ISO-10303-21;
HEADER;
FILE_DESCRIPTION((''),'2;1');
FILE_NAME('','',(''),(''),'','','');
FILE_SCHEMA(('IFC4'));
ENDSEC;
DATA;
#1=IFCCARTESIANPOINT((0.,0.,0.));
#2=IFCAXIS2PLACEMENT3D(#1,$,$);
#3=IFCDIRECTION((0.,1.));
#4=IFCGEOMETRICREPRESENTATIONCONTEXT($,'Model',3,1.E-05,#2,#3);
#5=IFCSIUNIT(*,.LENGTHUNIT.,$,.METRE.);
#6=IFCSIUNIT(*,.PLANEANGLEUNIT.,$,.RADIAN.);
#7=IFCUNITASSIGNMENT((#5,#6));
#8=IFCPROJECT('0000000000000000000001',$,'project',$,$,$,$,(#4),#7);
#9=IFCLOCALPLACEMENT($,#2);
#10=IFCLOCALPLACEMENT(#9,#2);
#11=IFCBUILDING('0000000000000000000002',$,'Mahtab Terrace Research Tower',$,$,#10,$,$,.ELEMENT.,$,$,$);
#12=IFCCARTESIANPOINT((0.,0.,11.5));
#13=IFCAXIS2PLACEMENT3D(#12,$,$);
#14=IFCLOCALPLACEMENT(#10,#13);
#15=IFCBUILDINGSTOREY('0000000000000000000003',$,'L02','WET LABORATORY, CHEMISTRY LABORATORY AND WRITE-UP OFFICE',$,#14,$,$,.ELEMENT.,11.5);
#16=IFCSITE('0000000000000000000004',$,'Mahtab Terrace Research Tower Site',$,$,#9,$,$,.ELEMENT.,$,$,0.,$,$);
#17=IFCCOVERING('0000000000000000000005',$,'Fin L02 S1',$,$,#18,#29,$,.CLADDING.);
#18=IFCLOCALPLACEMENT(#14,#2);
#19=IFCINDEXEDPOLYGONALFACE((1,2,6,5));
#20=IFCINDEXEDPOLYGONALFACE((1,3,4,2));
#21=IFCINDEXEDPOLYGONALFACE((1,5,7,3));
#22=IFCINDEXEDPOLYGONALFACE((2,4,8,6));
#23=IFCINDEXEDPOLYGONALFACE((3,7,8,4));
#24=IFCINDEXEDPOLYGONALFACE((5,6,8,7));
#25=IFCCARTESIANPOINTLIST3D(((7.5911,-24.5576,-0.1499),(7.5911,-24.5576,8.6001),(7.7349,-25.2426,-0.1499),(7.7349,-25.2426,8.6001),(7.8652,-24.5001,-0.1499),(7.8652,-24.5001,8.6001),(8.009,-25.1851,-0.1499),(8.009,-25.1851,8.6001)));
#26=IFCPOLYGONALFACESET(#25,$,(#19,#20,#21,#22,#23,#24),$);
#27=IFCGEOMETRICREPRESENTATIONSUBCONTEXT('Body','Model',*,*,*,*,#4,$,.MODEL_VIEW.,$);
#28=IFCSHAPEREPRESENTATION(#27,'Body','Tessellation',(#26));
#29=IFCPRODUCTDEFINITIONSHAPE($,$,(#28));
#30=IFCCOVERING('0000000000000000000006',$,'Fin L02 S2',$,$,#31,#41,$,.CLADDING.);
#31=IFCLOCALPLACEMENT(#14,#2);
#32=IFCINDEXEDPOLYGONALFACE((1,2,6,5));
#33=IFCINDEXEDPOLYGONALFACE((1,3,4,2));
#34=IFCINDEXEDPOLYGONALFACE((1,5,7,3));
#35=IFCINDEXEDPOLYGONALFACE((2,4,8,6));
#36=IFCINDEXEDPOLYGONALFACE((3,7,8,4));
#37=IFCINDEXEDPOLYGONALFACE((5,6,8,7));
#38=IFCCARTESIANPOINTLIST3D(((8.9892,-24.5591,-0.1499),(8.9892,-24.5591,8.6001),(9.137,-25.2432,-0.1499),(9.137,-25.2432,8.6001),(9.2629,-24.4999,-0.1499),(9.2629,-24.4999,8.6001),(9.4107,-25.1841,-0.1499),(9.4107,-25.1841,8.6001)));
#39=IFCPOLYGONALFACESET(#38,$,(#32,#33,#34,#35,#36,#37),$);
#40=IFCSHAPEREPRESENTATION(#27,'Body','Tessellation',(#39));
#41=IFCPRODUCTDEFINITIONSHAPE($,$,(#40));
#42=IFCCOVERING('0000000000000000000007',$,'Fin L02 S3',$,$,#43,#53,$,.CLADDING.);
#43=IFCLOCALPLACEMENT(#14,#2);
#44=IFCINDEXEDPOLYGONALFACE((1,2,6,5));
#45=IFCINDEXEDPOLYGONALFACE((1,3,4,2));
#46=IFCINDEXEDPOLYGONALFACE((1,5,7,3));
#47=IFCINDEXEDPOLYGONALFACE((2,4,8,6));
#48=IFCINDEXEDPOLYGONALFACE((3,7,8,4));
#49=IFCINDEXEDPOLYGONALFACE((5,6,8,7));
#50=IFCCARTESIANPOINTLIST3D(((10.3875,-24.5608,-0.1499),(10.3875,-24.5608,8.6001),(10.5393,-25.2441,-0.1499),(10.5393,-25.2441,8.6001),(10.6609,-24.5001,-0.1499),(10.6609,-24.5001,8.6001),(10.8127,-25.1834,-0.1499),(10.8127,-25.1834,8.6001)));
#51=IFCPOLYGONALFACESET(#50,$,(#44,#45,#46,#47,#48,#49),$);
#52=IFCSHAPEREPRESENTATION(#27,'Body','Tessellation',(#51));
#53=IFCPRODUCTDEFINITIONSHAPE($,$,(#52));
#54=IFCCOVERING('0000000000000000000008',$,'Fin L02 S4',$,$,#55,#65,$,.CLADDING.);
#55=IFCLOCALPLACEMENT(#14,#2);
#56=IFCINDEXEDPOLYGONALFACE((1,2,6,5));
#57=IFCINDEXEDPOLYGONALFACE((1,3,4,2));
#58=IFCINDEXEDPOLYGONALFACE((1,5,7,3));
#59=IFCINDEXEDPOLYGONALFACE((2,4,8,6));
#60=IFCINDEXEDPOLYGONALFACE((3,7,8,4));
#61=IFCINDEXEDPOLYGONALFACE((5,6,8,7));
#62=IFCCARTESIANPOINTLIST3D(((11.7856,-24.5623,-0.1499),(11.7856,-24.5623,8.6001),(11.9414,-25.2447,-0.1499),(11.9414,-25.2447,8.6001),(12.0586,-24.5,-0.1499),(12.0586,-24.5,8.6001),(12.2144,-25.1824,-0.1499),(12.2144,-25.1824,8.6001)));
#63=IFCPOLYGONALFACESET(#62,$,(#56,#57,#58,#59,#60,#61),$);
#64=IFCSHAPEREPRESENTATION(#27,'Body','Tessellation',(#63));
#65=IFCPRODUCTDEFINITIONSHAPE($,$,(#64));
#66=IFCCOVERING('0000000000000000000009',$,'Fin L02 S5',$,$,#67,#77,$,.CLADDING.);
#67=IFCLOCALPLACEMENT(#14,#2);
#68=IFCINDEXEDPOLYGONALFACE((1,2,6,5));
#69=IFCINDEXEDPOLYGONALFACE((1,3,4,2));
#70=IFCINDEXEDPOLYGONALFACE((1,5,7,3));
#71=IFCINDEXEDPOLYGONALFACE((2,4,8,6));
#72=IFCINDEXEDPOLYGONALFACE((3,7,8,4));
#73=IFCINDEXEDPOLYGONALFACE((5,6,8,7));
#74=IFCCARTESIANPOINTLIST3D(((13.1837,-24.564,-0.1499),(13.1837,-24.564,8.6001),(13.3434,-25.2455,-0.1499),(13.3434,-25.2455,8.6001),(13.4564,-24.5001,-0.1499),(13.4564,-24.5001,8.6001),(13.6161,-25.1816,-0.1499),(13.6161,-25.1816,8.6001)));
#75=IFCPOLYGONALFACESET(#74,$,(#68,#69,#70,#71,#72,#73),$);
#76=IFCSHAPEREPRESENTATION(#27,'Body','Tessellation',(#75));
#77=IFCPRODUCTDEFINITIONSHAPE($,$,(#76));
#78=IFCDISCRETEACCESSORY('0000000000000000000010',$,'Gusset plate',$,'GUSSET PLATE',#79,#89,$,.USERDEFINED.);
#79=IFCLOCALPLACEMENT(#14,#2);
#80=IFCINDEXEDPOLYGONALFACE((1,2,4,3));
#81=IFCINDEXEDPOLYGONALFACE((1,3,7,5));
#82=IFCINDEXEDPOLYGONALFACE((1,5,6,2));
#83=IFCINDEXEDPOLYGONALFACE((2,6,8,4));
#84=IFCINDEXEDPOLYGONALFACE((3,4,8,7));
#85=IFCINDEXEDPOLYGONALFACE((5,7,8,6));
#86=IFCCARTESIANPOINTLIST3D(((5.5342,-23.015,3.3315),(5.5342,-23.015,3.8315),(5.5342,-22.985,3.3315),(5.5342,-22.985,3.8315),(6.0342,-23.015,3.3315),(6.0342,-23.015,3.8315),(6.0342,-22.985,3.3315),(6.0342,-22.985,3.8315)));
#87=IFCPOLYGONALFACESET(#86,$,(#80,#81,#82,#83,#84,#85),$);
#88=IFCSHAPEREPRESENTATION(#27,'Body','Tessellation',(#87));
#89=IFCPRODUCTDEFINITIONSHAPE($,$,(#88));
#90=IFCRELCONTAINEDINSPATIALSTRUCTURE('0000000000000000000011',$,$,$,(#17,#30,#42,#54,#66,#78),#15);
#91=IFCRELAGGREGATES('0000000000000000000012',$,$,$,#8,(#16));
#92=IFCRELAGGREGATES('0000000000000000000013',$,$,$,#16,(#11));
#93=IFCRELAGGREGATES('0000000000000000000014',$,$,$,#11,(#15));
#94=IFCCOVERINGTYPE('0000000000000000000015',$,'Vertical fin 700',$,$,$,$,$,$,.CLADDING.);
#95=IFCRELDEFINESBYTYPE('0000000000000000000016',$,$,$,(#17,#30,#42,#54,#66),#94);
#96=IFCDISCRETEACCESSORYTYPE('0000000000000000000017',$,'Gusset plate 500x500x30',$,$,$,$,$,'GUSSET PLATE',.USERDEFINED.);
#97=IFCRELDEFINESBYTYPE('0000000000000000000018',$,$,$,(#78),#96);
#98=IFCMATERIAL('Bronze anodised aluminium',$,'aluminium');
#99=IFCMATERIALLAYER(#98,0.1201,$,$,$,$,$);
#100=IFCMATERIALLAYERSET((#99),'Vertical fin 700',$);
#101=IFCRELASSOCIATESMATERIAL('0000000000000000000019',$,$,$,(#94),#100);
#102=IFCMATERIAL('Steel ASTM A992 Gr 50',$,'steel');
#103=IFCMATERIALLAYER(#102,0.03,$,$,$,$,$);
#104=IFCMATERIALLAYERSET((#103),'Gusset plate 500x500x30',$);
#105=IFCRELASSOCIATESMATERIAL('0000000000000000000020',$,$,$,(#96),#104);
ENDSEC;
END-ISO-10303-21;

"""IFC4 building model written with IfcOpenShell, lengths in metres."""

from ifc_helpers import new_model, si_unit, direction, frame, origin, origin_2d, place, context, subcontext, project, spatial, rectangle, extrude, material, layer, layer_set, type_object, element, save


model = new_model("IFC4")

# Units and contexts
model_context = context("Model", 3, precision=1e-05, world=origin(), true_north=direction((0.0, 1.0)))
body_context = subcontext(model_context, "Body", "Model", "MODEL_VIEW")
ifc_project = project(units=[si_unit("LENGTHUNIT", "METRE"), si_unit("PLANEANGLEUNIT", "RADIAN")], contexts=[model_context])

# Site, building, storey
site_placement = place(None, origin())
site = spatial("IfcSite", under=ifc_project, at=site_placement, Name="Mahtab Terrace Research Tower Site", CompositionType="ELEMENT", RefElevation=0.0)
building_placement = place(site_placement, origin())
building = spatial("IfcBuilding", under=site, at=building_placement, Name="Mahtab Terrace Research Tower", CompositionType="ELEMENT")
storey_placement = place(building_placement, frame((0.0, 0.0, 11.5)))
storey = spatial("IfcBuildingStorey", under=building, at=storey_placement, Name="L02", Description="WET LABORATORY, CHEMISTRY LABORATORY AND WRITE-UP OFFICE", CompositionType="ELEMENT", Elevation=11.5)

# Shared definitions
ifc_material_1 = material(Name="Steel ASTM A992 Gr 50", Category="steel")

# Coverings
ifc_material_2 = material(Name="Bronze anodised aluminium", Category="aluminium")
ifc_layer_1 = layer(ifc_material_2, 0.1201)
ifc_layer_set_1 = layer_set([ifc_layer_1], Name="Vertical fin 700")
covering_type = type_object("IfcCoveringType", Name="Vertical fin 700", PredefinedType="CLADDING", material=ifc_layer_set_1)
for number, where, z_axis, x_axis, name in (
    (1, (7.8, -24.8713, -0.1499), (0.0, 0.0, 1.0), (0.978663, 0.205472, 0.0), "Fin L02 S1"),
    (2, (9.2, -24.8716, -0.1499), (0.0, 0.0, 1.0), (0.977451, 0.211162, 0.0), "Fin L02 S2"),
    (3, (10.6001, -24.8721, -0.1499), (0.0, 0.0, 1.0), (0.976206, 0.216845, 0.0), "Fin L02 S3"),
    (4, (12.0, -24.8723, -0.1499), (0.0, 0.0, 1.0), (0.974928, 0.222521, 0.0), "Fin L02 S4"),
    (5, (13.3999, -24.8728, -0.1499), (0.0, 0.0, 1.0), (0.973617, 0.228189, 0.0), "Fin L02 S5"),
):
    element("IfcCovering", number, at=place(storey_placement, frame(where, z_axis=z_axis, x_axis=x_axis)), inside=storey, type_object=covering_type, Name=name, PredefinedType="CLADDING", context=body_context, shape_type="SweptSolid", body=[
        extrude(rectangle(XDim=0.28, YDim=0.7, at=origin_2d()), origin(), (0.0, 0.0, 1.0), 8.75),
    ])

# Discrete accessory
ifc_layer_2 = layer(ifc_material_1, 0.03)
ifc_layer_set_2 = layer_set([ifc_layer_2], Name="Gusset plate 500x500x30")
discrete_accessory_type = type_object("IfcDiscreteAccessoryType", Name="Gusset plate 500x500x30", ElementType="GUSSET PLATE", PredefinedType="USERDEFINED", material=ifc_layer_set_2)
discrete_accessory_placement = place(storey_placement, frame((5.7842, -23.0, 3.3315), z_axis=(0.0, 0.0, 1.0), x_axis=(1.0, 0.0, 0.0)))
element("IfcDiscreteAccessory", 6, at=discrete_accessory_placement, inside=storey, type_object=discrete_accessory_type, Name="Gusset plate", ObjectType="GUSSET PLATE", PredefinedType="USERDEFINED", context=body_context, shape_type="SweptSolid", body=[
    extrude(rectangle(XDim=0.5, YDim=0.03, at=origin_2d()), origin(), (0.0, 0.0, 1.0), 0.5),
])

save(model, "model.ifc")
